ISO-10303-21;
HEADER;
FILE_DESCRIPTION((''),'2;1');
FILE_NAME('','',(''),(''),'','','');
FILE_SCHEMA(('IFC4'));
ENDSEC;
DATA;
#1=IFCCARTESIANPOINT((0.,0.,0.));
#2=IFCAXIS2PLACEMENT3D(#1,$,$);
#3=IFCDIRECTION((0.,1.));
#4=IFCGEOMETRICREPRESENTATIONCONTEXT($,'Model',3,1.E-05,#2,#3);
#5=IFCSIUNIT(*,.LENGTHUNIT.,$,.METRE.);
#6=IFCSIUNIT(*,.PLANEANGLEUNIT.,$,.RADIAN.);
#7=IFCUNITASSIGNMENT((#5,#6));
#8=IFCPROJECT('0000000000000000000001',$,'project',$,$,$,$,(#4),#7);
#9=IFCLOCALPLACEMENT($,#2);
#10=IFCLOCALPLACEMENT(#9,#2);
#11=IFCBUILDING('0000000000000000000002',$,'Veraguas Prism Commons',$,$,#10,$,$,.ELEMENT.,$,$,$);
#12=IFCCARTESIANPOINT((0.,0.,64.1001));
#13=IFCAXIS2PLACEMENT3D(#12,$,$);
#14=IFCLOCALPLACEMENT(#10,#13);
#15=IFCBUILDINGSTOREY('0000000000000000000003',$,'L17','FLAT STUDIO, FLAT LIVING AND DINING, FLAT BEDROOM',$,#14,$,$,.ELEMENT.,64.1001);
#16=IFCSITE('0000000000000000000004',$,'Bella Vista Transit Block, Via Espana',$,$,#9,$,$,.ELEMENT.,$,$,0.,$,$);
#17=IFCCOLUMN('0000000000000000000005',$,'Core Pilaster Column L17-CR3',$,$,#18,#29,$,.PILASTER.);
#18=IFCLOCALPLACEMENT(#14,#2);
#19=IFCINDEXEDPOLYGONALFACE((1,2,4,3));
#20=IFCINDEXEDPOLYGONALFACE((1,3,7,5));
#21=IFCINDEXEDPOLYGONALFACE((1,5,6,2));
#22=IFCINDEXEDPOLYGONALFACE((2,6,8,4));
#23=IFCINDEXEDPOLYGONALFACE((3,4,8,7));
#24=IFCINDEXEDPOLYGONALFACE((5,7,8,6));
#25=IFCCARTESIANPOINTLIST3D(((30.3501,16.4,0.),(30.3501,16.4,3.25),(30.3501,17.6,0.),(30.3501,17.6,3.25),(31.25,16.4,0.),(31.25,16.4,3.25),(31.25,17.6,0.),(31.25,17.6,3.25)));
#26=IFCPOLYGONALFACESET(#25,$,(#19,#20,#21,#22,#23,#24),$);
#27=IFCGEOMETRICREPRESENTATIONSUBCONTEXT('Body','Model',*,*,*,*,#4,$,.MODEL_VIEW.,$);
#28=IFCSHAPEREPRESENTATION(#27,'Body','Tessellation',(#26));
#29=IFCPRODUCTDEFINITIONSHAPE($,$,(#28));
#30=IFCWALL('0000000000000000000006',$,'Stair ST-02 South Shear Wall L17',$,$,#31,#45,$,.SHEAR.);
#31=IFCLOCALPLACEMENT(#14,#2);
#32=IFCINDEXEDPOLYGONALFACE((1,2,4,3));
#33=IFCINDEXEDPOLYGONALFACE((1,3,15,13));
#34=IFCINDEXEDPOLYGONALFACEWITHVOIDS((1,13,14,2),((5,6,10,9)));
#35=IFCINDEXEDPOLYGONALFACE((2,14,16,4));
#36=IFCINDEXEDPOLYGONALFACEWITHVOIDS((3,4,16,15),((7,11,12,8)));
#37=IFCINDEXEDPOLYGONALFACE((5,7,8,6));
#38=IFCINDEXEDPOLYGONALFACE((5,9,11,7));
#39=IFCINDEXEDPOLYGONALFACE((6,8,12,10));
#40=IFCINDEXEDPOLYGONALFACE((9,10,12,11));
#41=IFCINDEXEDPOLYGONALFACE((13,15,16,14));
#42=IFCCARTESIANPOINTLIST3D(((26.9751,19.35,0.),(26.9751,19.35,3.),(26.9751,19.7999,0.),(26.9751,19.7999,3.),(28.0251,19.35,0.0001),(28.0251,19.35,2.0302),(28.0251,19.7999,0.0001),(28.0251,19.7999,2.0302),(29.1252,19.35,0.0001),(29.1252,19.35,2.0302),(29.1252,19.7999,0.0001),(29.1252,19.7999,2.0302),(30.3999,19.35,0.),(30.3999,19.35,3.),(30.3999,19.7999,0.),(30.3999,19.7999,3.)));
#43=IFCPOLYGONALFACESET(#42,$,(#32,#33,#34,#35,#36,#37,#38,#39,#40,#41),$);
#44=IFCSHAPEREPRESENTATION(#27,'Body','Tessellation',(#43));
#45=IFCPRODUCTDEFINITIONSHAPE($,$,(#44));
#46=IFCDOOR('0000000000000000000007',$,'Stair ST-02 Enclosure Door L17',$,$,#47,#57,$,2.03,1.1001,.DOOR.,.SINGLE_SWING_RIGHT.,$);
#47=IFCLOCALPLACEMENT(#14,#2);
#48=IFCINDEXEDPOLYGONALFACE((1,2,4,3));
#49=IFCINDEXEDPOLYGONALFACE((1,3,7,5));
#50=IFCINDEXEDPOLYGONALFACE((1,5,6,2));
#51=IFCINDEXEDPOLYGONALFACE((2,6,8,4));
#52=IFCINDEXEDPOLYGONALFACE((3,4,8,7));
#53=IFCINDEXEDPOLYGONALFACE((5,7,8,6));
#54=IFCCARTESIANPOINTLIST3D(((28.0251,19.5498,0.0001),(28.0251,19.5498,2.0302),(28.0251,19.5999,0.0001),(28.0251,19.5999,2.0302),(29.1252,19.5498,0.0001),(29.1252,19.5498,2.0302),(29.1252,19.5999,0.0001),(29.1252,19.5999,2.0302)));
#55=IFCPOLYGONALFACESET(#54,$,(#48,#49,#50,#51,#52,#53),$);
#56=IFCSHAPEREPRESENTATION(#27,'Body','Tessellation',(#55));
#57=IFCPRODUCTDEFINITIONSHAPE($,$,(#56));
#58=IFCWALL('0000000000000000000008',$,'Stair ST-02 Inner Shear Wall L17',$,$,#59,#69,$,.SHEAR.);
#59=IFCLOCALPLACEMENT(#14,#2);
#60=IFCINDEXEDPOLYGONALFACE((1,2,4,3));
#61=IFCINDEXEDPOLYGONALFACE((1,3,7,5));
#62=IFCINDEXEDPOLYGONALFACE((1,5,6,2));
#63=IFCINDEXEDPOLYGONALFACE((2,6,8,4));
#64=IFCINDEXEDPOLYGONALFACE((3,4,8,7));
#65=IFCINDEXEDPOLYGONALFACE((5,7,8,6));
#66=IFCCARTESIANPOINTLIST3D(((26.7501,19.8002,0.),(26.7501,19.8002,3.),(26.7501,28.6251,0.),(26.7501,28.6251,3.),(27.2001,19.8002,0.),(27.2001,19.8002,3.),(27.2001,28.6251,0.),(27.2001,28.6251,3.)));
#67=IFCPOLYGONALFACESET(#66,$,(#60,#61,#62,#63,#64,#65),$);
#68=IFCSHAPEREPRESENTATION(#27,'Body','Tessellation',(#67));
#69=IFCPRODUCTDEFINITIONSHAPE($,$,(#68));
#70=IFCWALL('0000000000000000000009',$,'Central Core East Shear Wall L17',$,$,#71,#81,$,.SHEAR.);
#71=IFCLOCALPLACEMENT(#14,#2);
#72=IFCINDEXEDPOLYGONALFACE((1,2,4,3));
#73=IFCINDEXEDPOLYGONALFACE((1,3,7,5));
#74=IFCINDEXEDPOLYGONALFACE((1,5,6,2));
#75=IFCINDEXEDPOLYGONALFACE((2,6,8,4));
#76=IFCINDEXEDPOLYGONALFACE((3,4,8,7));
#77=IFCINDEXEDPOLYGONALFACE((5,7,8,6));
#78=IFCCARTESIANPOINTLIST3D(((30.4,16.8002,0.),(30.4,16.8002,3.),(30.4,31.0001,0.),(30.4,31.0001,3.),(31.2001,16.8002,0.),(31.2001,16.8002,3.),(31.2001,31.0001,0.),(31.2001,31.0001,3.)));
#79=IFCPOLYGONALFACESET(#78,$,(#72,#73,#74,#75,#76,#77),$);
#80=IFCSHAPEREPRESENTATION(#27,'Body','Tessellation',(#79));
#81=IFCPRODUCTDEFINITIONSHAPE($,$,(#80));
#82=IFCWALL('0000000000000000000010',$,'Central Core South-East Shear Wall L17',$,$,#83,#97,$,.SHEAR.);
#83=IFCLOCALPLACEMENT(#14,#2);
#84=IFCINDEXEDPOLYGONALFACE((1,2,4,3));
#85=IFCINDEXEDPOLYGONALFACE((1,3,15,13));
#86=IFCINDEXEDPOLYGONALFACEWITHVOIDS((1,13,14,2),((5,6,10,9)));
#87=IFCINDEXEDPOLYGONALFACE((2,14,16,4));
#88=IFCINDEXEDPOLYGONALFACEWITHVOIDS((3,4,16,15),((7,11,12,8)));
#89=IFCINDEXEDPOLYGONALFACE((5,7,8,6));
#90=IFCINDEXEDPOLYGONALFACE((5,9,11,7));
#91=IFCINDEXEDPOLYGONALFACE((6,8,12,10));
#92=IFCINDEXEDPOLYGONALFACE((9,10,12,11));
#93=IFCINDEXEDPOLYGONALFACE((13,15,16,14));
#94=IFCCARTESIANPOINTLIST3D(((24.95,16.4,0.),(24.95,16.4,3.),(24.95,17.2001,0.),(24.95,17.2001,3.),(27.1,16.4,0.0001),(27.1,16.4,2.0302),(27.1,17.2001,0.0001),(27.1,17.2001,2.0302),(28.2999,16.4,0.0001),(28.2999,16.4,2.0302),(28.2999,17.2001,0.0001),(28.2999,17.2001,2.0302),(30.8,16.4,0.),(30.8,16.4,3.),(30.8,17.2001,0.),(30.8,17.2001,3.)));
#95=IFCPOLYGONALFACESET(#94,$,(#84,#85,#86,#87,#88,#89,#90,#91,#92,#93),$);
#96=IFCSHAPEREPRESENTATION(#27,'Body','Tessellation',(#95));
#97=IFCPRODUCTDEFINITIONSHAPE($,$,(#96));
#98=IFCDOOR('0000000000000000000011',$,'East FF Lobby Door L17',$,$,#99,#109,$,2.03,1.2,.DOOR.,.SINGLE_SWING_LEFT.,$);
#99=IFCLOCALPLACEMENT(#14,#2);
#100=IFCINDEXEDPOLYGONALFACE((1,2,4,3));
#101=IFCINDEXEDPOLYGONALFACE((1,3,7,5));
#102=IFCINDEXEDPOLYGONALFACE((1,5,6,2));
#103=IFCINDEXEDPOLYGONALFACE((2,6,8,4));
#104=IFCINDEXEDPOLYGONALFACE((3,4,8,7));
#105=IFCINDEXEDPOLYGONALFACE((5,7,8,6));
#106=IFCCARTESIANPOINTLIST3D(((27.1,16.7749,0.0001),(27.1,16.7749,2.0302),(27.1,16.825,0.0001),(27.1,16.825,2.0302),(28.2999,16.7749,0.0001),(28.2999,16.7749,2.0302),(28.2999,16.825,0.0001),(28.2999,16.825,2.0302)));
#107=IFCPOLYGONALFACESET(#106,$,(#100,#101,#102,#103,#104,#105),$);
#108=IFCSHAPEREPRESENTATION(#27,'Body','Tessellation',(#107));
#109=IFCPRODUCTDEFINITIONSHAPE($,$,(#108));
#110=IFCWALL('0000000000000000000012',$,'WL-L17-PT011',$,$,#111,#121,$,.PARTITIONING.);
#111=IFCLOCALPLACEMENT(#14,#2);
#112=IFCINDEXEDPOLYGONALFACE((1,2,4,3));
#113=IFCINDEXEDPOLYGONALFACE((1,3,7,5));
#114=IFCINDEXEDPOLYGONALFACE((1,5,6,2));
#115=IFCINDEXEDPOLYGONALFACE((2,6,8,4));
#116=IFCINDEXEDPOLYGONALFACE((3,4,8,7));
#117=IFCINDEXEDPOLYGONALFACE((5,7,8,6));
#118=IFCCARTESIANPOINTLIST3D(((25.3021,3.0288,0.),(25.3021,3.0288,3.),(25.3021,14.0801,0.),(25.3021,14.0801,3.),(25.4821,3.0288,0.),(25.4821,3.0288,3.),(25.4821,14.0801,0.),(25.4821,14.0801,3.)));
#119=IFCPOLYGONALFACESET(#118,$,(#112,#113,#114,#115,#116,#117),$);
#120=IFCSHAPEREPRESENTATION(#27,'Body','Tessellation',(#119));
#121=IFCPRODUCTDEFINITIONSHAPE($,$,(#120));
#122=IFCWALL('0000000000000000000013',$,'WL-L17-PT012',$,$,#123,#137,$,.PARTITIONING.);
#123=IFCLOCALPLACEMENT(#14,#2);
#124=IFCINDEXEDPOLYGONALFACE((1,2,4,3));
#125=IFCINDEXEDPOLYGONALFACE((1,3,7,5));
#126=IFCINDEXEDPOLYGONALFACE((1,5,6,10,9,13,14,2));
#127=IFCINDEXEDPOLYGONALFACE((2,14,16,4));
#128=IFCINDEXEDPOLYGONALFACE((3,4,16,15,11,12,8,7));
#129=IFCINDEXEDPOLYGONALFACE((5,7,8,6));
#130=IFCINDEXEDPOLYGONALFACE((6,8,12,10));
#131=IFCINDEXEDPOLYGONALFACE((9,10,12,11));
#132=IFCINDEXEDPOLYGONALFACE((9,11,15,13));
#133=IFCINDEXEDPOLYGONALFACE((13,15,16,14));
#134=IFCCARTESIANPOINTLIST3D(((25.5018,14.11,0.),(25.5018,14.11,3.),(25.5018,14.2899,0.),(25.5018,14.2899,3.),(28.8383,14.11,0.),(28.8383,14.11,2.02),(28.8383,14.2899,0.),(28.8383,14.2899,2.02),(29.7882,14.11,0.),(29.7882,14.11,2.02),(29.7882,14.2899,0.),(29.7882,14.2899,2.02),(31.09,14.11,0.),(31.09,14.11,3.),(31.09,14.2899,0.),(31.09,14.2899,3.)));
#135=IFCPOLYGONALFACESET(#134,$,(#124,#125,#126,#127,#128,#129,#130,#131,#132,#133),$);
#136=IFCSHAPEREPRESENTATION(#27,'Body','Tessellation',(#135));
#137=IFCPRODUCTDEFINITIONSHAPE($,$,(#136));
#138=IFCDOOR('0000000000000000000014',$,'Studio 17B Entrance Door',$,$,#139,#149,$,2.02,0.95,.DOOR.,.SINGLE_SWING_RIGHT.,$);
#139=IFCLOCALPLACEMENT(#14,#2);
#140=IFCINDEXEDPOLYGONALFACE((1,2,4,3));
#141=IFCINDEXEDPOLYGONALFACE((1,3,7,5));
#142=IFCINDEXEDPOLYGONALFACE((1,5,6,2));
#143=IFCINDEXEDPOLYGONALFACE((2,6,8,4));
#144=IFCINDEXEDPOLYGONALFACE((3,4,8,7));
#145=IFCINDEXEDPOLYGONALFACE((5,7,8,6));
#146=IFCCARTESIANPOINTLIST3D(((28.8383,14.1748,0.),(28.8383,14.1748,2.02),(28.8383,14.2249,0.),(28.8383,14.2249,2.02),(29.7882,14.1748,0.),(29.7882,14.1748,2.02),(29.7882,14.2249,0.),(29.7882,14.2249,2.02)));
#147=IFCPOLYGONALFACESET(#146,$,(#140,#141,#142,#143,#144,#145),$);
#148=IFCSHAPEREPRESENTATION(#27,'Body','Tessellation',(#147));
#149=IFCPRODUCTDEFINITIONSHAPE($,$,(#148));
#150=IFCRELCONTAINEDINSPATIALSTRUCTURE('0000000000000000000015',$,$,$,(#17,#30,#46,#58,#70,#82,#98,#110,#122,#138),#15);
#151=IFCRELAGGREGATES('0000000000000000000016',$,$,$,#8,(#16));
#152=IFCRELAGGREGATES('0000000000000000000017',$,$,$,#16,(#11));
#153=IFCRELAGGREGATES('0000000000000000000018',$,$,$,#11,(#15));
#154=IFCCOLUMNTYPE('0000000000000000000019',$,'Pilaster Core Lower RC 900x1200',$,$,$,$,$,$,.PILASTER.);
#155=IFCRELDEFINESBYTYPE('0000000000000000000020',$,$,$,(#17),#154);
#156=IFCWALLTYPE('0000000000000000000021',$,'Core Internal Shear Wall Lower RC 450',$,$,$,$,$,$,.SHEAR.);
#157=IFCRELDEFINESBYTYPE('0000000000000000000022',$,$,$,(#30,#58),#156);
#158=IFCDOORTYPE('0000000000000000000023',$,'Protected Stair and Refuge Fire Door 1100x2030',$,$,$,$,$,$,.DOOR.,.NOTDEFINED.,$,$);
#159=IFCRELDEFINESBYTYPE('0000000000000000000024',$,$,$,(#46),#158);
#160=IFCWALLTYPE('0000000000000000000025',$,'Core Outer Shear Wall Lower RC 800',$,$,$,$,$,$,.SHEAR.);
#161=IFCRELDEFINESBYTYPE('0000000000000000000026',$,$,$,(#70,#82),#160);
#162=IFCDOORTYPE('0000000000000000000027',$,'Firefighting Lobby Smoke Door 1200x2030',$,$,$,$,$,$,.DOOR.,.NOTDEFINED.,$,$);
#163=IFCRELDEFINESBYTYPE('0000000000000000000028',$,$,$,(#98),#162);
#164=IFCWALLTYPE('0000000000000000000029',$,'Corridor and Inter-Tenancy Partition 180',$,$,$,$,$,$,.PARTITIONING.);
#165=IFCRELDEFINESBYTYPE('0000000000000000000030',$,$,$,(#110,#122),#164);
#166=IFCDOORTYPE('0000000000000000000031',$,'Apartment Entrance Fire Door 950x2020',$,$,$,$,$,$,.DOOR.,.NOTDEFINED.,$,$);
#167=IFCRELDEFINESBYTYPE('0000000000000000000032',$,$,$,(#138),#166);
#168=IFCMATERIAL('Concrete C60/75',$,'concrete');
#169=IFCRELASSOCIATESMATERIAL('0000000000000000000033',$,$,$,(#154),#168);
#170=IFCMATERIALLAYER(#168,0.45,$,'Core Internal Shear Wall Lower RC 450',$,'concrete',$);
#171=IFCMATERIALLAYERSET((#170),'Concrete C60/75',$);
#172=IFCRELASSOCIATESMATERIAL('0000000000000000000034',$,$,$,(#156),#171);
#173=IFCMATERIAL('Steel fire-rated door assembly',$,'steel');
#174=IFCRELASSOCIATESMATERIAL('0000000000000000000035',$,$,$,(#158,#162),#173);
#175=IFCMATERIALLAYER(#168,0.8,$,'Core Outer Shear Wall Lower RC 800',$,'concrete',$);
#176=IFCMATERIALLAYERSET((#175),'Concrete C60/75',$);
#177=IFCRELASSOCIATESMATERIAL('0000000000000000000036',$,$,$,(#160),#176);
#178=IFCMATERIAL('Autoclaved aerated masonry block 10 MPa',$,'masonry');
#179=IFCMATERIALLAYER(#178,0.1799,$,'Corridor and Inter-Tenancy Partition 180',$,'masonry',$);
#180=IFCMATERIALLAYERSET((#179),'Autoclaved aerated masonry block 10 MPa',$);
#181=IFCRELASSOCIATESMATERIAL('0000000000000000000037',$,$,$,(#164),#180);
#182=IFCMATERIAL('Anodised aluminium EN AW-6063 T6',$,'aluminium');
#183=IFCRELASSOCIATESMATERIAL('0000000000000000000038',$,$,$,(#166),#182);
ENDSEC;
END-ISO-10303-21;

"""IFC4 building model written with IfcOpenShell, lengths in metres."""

from ifc_helpers import new_model, si_unit, direction, frame, frame_2d, origin, origin_2d, place, context, subcontext, project, spatial, rectangle, extrude, source, transform, mapped, material, layer, layer_set, material_profile, profile_set, type_object, element, fill, save


model = new_model("IFC4")

# Units and contexts
model_context = context("Model", 3, precision=1e-05, world=origin(), true_north=direction((0.0, 1.0)))
body_context = subcontext(model_context, "Body", "Model", "MODEL_VIEW")
ifc_project = project(units=[si_unit("LENGTHUNIT", "METRE"), si_unit("PLANEANGLEUNIT", "RADIAN")], contexts=[model_context])

# Site, building, storey
site_placement = place(None, origin())
site = spatial("IfcSite", under=ifc_project, at=site_placement, Name="Bella Vista Transit Block, Via Espana", CompositionType="ELEMENT", RefElevation=0.0)
building_placement = place(site_placement, origin())
building = spatial("IfcBuilding", under=site, at=building_placement, Name="Veraguas Prism Commons", CompositionType="ELEMENT")
storey_placement = place(building_placement, frame((0.0, 0.0, 64.1001)))
storey = spatial("IfcBuildingStorey", under=building, at=storey_placement, Name="L17", Description="FLAT STUDIO, FLAT LIVING AND DINING, FLAT BEDROOM", CompositionType="ELEMENT", Elevation=64.1001)

# Column
ifc_material_1 = material(Name="Concrete C60/75", Category="concrete")
ifc_material_profile = material_profile(ifc_material_1, rectangle(XDim=0.8999, YDim=1.2, at=origin_2d()), Name="RC900X1200")
ifc_profile_set = profile_set([ifc_material_profile], Name="Concrete C60/75")
column_type = type_object("IfcColumnType", Name="Pilaster Core Lower RC 900x1200", PredefinedType="PILASTER", material=ifc_profile_set)
column_placement = place(storey_placement, frame((30.8, 17.0, 0.0), z_axis=(0.0, 0.0, 1.0), x_axis=(1.0, 0.0, 0.0)))
element("IfcColumn", 1, at=column_placement, inside=storey, type_object=column_type, Name="Core Pilaster Column L17-CR3", PredefinedType="PILASTER", context=body_context, shape_type="SweptSolid", body=[
    extrude(rectangle(XDim=0.8999, YDim=1.2, at=origin_2d()), origin(), (0.0, 0.0, 1.0), 3.25),
])

# Wall, opening, door
ifc_layer_1 = layer(ifc_material_1, 0.45, Name="Core Internal Shear Wall Lower RC 450", Category="concrete")
ifc_layer_set_1 = layer_set([ifc_layer_1], Name="Concrete C60/75")
wall_type_1 = type_object("IfcWallType", Name="Core Internal Shear Wall Lower RC 450", PredefinedType="SHEAR", material=ifc_layer_set_1)
wall_1_placement = place(storey_placement, frame((26.9751, 19.575, 0.0), z_axis=(0.0, 0.0, 1.0), x_axis=(1.0, 0.0, 0.0)))
wall_1 = element("IfcWall", 2, at=wall_1_placement, inside=storey, type_object=wall_type_1, Name="Stair ST-02 South Shear Wall L17", PredefinedType="SHEAR", context=body_context, shape_type="SweptSolid", body=[
    extrude(rectangle(XDim=3.4248, YDim=0.45, at=frame_2d((1.7124, 0.0))), origin(), (0.0, 0.0, 1.0), 3.0),
])
opening_1_placement = place(wall_1_placement, frame((1.05, 0.0, 0.0)))
opening_1 = element("IfcOpeningElement", 3, at=opening_1_placement, cuts=wall_1, PredefinedType="OPENING", context=body_context, shape_type="SweptSolid", body=[
    extrude(rectangle(XDim=1.1001, YDim=2.03, at=frame_2d((0.55, 1.0151))), frame((0.0, 0.2349, 0.0), z_axis=(0.0, -1.0, 0.0), x_axis=(1.0, 0.0, 0.0)), (0.0, 0.0, 1.0), 0.47),
])
ifc_material_2 = material(Name="Steel fire-rated door assembly", Category="steel")
door_type_1 = type_object("IfcDoorType", Name="Protected Stair and Refuge Fire Door 1100x2030", OperationType="NOTDEFINED", PredefinedType="DOOR", material=ifc_material_2)
shared_shape_1 = source(origin(), body_context, "Body", "SweptSolid", [
    extrude(rectangle(XDim=1.1001, YDim=2.03, at=frame_2d((0.55, 1.0151))), frame((0.0, 0.0249, 0.0), z_axis=(0.0, -1.0, 0.0), x_axis=(1.0, 0.0, 0.0)), (0.0, 0.0, 1.0), 0.05),
])
door_1_placement = place(opening_1_placement, origin())
door_1 = element("IfcDoor", 4, at=door_1_placement, inside=storey, type_object=door_type_1, Name="Stair ST-02 Enclosure Door L17", OperationType="SINGLE_SWING_RIGHT", OverallHeight=2.03, OverallWidth=1.1001, PredefinedType="DOOR", context=body_context, shape_type="MappedRepresentation", body=[
    mapped(shared_shape_1, transform((0.0, 0.0, 0.0), scale=1.0)),
])
fill(opening_1, door_1)

# Walls
wall_2_placement = place(storey_placement, frame((26.9751, 19.8, 0.0), z_axis=(0.0, 0.0, 1.0), x_axis=(0.0, 1.0, 0.0)))
element("IfcWall", 5, at=wall_2_placement, inside=storey, type_object=wall_type_1, Name="Stair ST-02 Inner Shear Wall L17", PredefinedType="SHEAR", context=body_context, shape_type="SweptSolid", body=[
    extrude(rectangle(XDim=8.825, YDim=0.45, at=frame_2d((4.4126, 0.0))), origin(), (0.0, 0.0, 1.0), 3.0),
])
ifc_layer_2 = layer(ifc_material_1, 0.8, Name="Core Outer Shear Wall Lower RC 800", Category="concrete")
ifc_layer_set_2 = layer_set([ifc_layer_2], Name="Concrete C60/75")
wall_type_2 = type_object("IfcWallType", Name="Core Outer Shear Wall Lower RC 800", PredefinedType="SHEAR", material=ifc_layer_set_2)
wall_3_placement = place(storey_placement, frame((30.8, 16.8, 0.0), z_axis=(0.0, 0.0, 1.0), x_axis=(0.0, 1.0, 0.0)))
element("IfcWall", 6, at=wall_3_placement, inside=storey, type_object=wall_type_2, Name="Central Core East Shear Wall L17", PredefinedType="SHEAR", context=body_context, shape_type="SweptSolid", body=[
    extrude(rectangle(XDim=14.2, YDim=0.8, at=frame_2d((7.1001, 0.0))), origin(), (0.0, 0.0, 1.0), 3.0),
])

# Wall, opening, door
wall_4_placement = place(storey_placement, frame((24.95, 16.8, 0.0), z_axis=(0.0, 0.0, 1.0), x_axis=(1.0, 0.0, 0.0)))
wall_4 = element("IfcWall", 7, at=wall_4_placement, inside=storey, type_object=wall_type_2, Name="Central Core South-East Shear Wall L17", PredefinedType="SHEAR", context=body_context, shape_type="SweptSolid", body=[
    extrude(rectangle(XDim=5.8501, YDim=0.8, at=frame_2d((2.925, 0.0))), origin(), (0.0, 0.0, 1.0), 3.0),
])
opening_2_placement = place(wall_4_placement, frame((2.1499, 0.0, 0.0)))
opening_2 = element("IfcOpeningElement", 8, at=opening_2_placement, cuts=wall_4, PredefinedType="OPENING", context=body_context, shape_type="SweptSolid", body=[
    extrude(rectangle(XDim=1.2, YDim=2.03, at=frame_2d((0.6001, 1.0151))), frame((0.0, 0.4099, 0.0), z_axis=(0.0, -1.0, 0.0), x_axis=(1.0, 0.0, 0.0)), (0.0, 0.0, 1.0), 0.8201),
])
door_type_2 = type_object("IfcDoorType", Name="Firefighting Lobby Smoke Door 1200x2030", OperationType="NOTDEFINED", PredefinedType="DOOR", material=ifc_material_2)
shared_shape_2 = source(origin(), body_context, "Body", "SweptSolid", [
    extrude(rectangle(XDim=1.2, YDim=2.03, at=frame_2d((0.6001, 1.0151))), frame((0.0, 0.0249, 0.0), z_axis=(0.0, -1.0, 0.0), x_axis=(1.0, 0.0, 0.0)), (0.0, 0.0, 1.0), 0.05),
])
door_2_placement = place(opening_2_placement, origin())
door_2 = element("IfcDoor", 9, at=door_2_placement, inside=storey, type_object=door_type_2, Name="East FF Lobby Door L17", OperationType="SINGLE_SWING_LEFT", OverallHeight=2.03, OverallWidth=1.2, PredefinedType="DOOR", context=body_context, shape_type="MappedRepresentation", body=[
    mapped(shared_shape_2, transform((0.0, 0.0, 0.0), scale=1.0)),
])
fill(opening_2, door_2)

# Wall
ifc_material_3 = material(Name="Autoclaved aerated masonry block 10 MPa", Category="masonry")
ifc_layer_3 = layer(ifc_material_3, 0.1799, Name="Corridor and Inter-Tenancy Partition 180", Category="masonry")
ifc_layer_set_3 = layer_set([ifc_layer_3], Name="Autoclaved aerated masonry block 10 MPa")
wall_type_3 = type_object("IfcWallType", Name="Corridor and Inter-Tenancy Partition 180", PredefinedType="PARTITIONING", material=ifc_layer_set_3)
wall_5_placement = place(storey_placement, frame((25.3921, 14.0801, 0.0), z_axis=(0.0, 0.0, 1.0), x_axis=(0.0, -1.0, 0.0)))
element("IfcWall", 10, at=wall_5_placement, inside=storey, type_object=wall_type_3, Name="WL-L17-PT011", PredefinedType="PARTITIONING", context=body_context, shape_type="SweptSolid", body=[
    extrude(rectangle(XDim=11.0513, YDim=0.1799, at=frame_2d((5.5256, 0.0))), origin(), (0.0, 0.0, 1.0), 3.0),
])

# Wall, opening, door
wall_6_placement = place(storey_placement, frame((25.502, 14.2, 0.0), z_axis=(0.0, 0.0, 1.0), x_axis=(1.0, 0.0, 0.0)))
wall_6 = element("IfcWall", 11, at=wall_6_placement, inside=storey, type_object=wall_type_3, Name="WL-L17-PT012", PredefinedType="PARTITIONING", context=body_context, shape_type="SweptSolid", body=[
    extrude(rectangle(XDim=5.5881, YDim=0.1799, at=frame_2d((2.7939, 0.0))), origin(), (0.0, 0.0, 1.0), 3.0),
])
opening_3_placement = place(wall_6_placement, frame((3.3362, 0.0, 0.0)))
opening_3 = element("IfcOpeningElement", 12, at=opening_3_placement, cuts=wall_6, PredefinedType="OPENING", context=body_context, shape_type="SweptSolid", body=[
    extrude(rectangle(XDim=0.95, YDim=2.02, at=frame_2d((0.4751, 1.01))), frame((0.0, 0.0999, 0.0), z_axis=(0.0, -1.0, 0.0), x_axis=(1.0, 0.0, 0.0)), (0.0, 0.0, 1.0), 0.2),
])
ifc_material_4 = material(Name="Anodised aluminium EN AW-6063 T6", Category="aluminium")
door_type_3 = type_object("IfcDoorType", Name="Apartment Entrance Fire Door 950x2020", OperationType="NOTDEFINED", PredefinedType="DOOR", material=ifc_material_4)
shared_shape_3 = source(origin(), body_context, "Body", "SweptSolid", [
    extrude(rectangle(XDim=0.95, YDim=2.02, at=frame_2d((0.4751, 1.01))), frame((0.0, 0.0249, 0.0), z_axis=(0.0, -1.0, 0.0), x_axis=(1.0, 0.0, 0.0)), (0.0, 0.0, 1.0), 0.05),
])
door_3_placement = place(opening_3_placement, origin())
door_3 = element("IfcDoor", 13, at=door_3_placement, inside=storey, type_object=door_type_3, Name="Studio 17B Entrance Door", OperationType="SINGLE_SWING_RIGHT", OverallHeight=2.02, OverallWidth=0.95, PredefinedType="DOOR", context=body_context, shape_type="MappedRepresentation", body=[
    mapped(shared_shape_3, transform((0.0, 0.0, 0.0), scale=1.0)),
])
fill(opening_3, door_3)

save(model, "model.ifc")
